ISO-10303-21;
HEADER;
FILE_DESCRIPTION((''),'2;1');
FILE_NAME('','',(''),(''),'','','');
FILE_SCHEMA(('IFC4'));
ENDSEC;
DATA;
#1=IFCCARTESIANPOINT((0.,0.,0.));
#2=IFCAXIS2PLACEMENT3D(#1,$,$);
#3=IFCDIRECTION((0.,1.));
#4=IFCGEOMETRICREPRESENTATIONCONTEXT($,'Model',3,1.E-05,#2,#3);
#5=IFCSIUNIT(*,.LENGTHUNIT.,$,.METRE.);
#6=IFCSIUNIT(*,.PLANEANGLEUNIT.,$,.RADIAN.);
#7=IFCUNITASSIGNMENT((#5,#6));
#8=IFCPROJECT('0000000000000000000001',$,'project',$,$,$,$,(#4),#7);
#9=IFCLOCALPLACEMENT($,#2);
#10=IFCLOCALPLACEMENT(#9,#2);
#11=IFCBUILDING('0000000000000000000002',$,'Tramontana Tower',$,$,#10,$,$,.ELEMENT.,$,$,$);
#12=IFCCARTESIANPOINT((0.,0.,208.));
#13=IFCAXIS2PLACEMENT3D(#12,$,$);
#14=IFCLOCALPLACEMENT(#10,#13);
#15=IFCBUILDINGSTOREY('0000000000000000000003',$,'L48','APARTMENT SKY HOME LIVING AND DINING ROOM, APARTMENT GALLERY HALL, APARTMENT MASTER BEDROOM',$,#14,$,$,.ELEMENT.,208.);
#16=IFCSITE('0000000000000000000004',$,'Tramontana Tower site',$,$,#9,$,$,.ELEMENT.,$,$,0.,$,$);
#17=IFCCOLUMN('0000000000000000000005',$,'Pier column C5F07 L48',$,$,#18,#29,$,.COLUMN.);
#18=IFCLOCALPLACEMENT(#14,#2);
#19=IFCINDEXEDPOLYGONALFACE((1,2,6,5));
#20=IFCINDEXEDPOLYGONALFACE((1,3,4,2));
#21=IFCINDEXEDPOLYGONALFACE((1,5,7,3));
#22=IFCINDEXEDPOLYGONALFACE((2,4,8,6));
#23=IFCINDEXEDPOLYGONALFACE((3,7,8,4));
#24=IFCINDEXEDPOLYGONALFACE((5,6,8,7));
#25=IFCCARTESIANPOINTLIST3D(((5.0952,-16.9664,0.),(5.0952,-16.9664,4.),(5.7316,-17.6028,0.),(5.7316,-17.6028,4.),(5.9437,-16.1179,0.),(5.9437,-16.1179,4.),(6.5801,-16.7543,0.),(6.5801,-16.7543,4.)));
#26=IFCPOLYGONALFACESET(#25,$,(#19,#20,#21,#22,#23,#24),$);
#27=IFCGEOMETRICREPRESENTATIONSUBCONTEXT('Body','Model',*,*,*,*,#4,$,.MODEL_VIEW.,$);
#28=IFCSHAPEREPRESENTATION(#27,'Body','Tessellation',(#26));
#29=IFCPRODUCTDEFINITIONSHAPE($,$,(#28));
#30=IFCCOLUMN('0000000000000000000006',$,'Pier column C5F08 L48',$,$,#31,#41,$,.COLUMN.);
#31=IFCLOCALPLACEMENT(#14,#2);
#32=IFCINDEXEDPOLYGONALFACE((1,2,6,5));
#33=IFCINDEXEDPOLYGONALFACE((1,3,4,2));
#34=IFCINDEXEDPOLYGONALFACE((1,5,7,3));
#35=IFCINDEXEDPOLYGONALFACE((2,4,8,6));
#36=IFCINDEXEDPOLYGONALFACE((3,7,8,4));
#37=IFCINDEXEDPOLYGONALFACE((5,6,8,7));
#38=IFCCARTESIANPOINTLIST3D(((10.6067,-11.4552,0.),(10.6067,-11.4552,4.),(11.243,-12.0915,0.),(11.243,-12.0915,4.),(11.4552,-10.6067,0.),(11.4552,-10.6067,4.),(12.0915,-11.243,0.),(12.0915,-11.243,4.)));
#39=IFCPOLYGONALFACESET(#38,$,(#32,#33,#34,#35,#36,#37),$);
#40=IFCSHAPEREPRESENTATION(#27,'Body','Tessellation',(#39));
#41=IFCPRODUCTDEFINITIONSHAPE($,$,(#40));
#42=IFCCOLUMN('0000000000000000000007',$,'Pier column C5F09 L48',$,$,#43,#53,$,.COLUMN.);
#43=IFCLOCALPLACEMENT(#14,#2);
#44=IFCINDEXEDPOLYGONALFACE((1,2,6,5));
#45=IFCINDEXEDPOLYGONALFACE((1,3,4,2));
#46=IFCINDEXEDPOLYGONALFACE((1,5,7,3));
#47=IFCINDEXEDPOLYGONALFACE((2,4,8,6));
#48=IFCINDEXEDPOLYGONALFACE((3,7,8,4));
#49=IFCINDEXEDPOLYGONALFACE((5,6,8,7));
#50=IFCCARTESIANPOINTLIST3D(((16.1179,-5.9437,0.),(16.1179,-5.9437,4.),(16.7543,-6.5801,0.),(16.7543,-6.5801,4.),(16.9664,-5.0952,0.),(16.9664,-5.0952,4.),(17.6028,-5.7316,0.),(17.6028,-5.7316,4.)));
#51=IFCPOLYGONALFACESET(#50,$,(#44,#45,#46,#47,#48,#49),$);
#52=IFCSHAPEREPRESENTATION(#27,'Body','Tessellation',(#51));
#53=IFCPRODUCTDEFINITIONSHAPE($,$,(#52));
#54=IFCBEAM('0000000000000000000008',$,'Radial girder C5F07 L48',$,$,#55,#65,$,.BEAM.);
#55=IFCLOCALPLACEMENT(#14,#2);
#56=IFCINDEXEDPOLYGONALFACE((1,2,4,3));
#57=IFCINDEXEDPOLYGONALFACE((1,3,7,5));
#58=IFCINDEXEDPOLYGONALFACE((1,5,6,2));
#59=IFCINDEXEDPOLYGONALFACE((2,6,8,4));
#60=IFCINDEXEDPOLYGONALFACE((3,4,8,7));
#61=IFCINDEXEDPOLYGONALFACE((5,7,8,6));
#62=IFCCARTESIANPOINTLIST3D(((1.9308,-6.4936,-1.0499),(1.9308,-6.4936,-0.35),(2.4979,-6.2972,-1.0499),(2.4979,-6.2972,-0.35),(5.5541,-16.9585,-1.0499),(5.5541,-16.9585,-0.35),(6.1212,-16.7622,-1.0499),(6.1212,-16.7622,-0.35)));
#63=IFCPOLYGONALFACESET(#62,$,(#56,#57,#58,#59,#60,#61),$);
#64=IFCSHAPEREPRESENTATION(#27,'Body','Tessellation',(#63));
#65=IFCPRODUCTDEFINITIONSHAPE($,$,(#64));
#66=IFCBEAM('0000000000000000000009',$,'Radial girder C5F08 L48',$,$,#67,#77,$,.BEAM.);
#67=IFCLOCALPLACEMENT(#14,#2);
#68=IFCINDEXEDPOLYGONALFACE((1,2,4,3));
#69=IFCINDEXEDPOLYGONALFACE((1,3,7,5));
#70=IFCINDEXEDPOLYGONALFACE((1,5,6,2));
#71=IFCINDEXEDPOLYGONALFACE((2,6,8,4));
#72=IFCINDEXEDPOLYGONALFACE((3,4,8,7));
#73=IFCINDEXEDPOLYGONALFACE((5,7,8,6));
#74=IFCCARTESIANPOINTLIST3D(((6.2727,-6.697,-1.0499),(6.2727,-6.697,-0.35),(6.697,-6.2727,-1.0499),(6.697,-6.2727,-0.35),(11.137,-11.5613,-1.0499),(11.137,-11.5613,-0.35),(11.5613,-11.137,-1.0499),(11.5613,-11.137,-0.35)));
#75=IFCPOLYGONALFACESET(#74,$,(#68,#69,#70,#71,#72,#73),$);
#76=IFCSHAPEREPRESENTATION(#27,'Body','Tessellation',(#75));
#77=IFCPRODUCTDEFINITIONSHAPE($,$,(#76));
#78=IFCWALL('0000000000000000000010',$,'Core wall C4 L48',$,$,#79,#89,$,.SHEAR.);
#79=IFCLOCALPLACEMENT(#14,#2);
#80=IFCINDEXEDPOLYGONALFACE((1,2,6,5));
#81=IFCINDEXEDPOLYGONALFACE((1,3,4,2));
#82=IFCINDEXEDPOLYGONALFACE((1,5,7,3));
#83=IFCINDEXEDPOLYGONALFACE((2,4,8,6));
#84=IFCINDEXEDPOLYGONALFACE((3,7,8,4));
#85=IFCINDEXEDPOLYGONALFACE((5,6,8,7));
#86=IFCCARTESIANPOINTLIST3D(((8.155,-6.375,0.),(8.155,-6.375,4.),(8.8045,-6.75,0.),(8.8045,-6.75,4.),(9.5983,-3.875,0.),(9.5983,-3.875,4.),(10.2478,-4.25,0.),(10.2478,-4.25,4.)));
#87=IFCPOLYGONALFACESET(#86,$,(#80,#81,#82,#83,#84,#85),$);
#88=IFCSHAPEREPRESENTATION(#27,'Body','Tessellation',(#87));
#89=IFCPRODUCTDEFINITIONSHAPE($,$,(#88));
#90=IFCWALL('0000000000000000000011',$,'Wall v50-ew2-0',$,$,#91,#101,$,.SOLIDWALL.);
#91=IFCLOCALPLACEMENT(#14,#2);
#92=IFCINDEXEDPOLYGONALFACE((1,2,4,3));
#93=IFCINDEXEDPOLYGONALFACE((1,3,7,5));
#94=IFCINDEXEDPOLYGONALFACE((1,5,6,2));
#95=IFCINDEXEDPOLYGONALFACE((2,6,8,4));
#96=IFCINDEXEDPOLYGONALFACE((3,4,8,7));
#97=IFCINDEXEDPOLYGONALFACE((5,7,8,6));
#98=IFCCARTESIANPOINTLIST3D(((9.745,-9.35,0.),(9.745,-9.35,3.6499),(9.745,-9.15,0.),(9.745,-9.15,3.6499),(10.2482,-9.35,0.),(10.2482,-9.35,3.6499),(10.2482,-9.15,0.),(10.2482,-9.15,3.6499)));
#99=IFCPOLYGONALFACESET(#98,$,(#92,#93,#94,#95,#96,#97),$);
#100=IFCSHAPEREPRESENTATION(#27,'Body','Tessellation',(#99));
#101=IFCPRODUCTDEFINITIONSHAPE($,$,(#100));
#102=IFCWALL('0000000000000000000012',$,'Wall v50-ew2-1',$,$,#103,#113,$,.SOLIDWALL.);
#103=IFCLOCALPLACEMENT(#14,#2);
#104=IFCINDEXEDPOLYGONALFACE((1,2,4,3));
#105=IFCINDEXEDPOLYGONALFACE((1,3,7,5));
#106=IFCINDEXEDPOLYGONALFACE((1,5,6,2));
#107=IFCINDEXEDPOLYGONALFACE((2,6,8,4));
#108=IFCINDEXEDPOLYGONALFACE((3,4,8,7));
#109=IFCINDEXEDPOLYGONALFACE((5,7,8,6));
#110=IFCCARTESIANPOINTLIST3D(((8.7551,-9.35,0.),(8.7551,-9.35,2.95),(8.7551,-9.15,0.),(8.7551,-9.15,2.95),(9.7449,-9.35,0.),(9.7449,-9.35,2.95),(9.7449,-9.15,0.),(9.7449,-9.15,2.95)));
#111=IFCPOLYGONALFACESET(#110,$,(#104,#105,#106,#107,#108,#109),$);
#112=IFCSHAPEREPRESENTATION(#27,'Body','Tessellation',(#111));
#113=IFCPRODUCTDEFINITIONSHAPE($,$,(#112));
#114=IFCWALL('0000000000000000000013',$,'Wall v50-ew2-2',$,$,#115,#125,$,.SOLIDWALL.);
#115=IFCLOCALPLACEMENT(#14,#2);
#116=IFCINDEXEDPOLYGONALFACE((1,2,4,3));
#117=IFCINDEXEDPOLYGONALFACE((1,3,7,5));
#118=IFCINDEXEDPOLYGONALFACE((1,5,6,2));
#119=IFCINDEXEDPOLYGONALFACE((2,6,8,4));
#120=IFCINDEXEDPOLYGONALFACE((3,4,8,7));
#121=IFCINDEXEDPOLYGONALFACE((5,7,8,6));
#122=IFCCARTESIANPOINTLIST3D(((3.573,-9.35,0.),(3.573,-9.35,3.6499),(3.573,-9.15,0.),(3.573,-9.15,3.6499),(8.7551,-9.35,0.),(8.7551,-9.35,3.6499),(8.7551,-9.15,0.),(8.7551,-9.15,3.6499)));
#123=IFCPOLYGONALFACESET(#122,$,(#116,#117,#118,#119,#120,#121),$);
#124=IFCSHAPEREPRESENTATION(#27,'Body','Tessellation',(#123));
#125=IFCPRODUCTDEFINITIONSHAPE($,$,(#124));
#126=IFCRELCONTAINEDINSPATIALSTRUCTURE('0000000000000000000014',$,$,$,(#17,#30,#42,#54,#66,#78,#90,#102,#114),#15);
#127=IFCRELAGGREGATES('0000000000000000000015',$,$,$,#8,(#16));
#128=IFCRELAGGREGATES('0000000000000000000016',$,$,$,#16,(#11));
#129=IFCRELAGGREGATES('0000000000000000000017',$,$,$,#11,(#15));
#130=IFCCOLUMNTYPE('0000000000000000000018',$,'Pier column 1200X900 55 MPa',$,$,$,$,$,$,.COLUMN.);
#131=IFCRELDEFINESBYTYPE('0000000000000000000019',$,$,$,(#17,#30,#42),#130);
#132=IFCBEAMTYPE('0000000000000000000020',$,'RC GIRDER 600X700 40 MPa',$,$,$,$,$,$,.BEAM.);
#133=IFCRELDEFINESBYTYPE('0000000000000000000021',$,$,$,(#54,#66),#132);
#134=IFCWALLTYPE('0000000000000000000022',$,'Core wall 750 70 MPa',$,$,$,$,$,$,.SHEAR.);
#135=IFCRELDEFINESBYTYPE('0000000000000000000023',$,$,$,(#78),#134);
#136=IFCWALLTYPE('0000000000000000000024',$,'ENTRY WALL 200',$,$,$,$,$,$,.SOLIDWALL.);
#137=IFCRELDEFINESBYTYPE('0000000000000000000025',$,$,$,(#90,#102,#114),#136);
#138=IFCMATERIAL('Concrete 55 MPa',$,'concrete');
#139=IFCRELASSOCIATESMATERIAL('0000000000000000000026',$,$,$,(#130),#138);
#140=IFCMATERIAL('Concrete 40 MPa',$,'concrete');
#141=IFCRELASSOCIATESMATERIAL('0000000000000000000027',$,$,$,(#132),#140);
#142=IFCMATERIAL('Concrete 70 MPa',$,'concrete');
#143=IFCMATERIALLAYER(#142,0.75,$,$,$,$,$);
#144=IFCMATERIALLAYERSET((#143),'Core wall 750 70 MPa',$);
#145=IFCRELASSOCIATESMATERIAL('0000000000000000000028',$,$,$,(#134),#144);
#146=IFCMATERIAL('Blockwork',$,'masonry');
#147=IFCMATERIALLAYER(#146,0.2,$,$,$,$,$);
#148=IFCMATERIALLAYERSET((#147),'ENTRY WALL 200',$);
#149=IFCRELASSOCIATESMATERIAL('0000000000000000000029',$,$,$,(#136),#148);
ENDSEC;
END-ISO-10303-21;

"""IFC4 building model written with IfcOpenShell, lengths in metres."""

from ifc_helpers import new_model, si_unit, direction, frame, frame_2d, origin, origin_2d, place, context, subcontext, project, spatial, rectangle, extrude, material, layer, layer_set, material_profile, profile_set, type_object, element, save


model = new_model("IFC4")

# Units and contexts
model_context = context("Model", 3, precision=1e-05, world=origin(), true_north=direction((0.0, 1.0)))
body_context = subcontext(model_context, "Body", "Model", "MODEL_VIEW")
ifc_project = project(units=[si_unit("LENGTHUNIT", "METRE"), si_unit("PLANEANGLEUNIT", "RADIAN")], contexts=[model_context])

# Site, building, storey
site_placement = place(None, origin())
site = spatial("IfcSite", under=ifc_project, at=site_placement, Name="Tramontana Tower site", CompositionType="ELEMENT", RefElevation=0.0)
building_placement = place(site_placement, origin())
building = spatial("IfcBuilding", under=site, at=building_placement, Name="Tramontana Tower", CompositionType="ELEMENT")
storey_placement = place(building_placement, frame((0.0, 0.0, 208.0)))
storey = spatial("IfcBuildingStorey", under=building, at=storey_placement, Name="L48", Description="APARTMENT SKY HOME LIVING AND DINING ROOM, APARTMENT GALLERY HALL, APARTMENT MASTER BEDROOM", CompositionType="ELEMENT", Elevation=208.0)

# Columns
ifc_material_1 = material(Name="Concrete 55 MPa", Category="concrete")
ifc_material_profile_1 = material_profile(ifc_material_1, rectangle(XDim=1.2, YDim=0.8999, at=origin_2d()), Name="Pier column 1200X900 55 MPa")
ifc_profile_set_1 = profile_set([ifc_material_profile_1], Name="Concrete 55 MPa")
column_type = type_object("IfcColumnType", Name="Pier column 1200X900 55 MPa", PredefinedType="COLUMN", material=ifc_profile_set_1)
for number, where, z_axis, x_axis, name in (
    (1, (5.8376, -16.8604, 0.0), (0.0, 0.0, 1.0), (0.707107, 0.707107, 0.0), "Pier column C5F07 L48"),
    (2, (11.3491, -11.3491, 0.0), (0.0, 0.0, 1.0), (0.707107, 0.707107, 0.0), "Pier column C5F08 L48"),
    (3, (16.8604, -5.8376, 0.0), (0.0, 0.0, 1.0), (0.707107, 0.707107, 0.0), "Pier column C5F09 L48"),
):
    element("IfcColumn", number, at=place(storey_placement, frame(where, z_axis=z_axis, x_axis=x_axis)), inside=storey, type_object=column_type, Name=name, PredefinedType="COLUMN", context=body_context, shape_type="SweptSolid", body=[
        extrude(rectangle(XDim=1.2, YDim=0.8999, at=origin_2d()), origin(), (0.0, 0.0, 1.0), 4.0),
    ])

# Beams
ifc_material_2 = material(Name="Concrete 40 MPa", Category="concrete")
ifc_material_profile_2 = material_profile(ifc_material_2, rectangle(XDim=0.6001, YDim=0.7, at=origin_2d()), Name="RC GIRDER 600X700 40 MPa")
ifc_profile_set_2 = profile_set([ifc_material_profile_2], Name="Concrete 40 MPa")
beam_type = type_object("IfcBeamType", Name="RC GIRDER 600X700 40 MPa", PredefinedType="BEAM", material=ifc_profile_set_2)
beam_1_placement = place(storey_placement, frame((5.8376, -16.8604, -0.7), z_axis=(-0.327179, 0.944962, 0.0), x_axis=(-0.944962, -0.327179, 0.0)))
element("IfcBeam", 4, at=beam_1_placement, inside=storey, type_object=beam_type, Name="Radial girder C5F07 L48", PredefinedType="BEAM", context=body_context, shape_type="SweptSolid", body=[
    extrude(rectangle(XDim=0.6001, YDim=0.7, at=origin_2d()), origin(), (0.0, 0.0, 1.0), 11.0745),
])
beam_2_placement = place(storey_placement, frame((11.3491, -11.3491, -0.7), z_axis=(-0.707107, 0.707107, 0.0), x_axis=(-0.707107, -0.707107, 0.0)))
element("IfcBeam", 5, at=beam_2_placement, inside=storey, type_object=beam_type, Name="Radial girder C5F08 L48", PredefinedType="BEAM", context=body_context, shape_type="SweptSolid", body=[
    extrude(rectangle(XDim=0.6001, YDim=0.7, at=origin_2d()), origin(), (0.0, 0.0, 1.0), 6.8792),
])

# Walls
ifc_material_3 = material(Name="Concrete 70 MPa", Category="concrete")
ifc_layer_1 = layer(ifc_material_3, 0.75)
ifc_layer_set_1 = layer_set([ifc_layer_1], Name="Core wall 750 70 MPa")
wall_type_1 = type_object("IfcWallType", Name="Core wall 750 70 MPa", PredefinedType="SHEAR", material=ifc_layer_set_1)
wall_1_placement = place(storey_placement, frame((8.4797, -6.5625, 0.0), z_axis=(0.0, 0.0, 1.0), x_axis=(0.499996, 0.866028, 0.0)))
element("IfcWall", 6, at=wall_1_placement, inside=storey, type_object=wall_type_1, Name="Core wall C4 L48", PredefinedType="SHEAR", context=body_context, shape_type="SweptSolid", body=[
    extrude(rectangle(XDim=2.8867, YDim=0.75, at=frame_2d((1.4434, 0.0))), origin(), (0.0, 0.0, 1.0), 4.0),
])
ifc_material_4 = material(Name="Blockwork", Category="masonry")
ifc_layer_2 = layer(ifc_material_4, 0.2)
ifc_layer_set_2 = layer_set([ifc_layer_2], Name="ENTRY WALL 200")
wall_type_2 = type_object("IfcWallType", Name="ENTRY WALL 200", PredefinedType="SOLIDWALL", material=ifc_layer_set_2)
wall_2_placement = place(storey_placement, frame((10.248, -9.25, 0.0), z_axis=(0.0, 0.0, 1.0), x_axis=(-1.0, 0.0, 0.0)))
element("IfcWall", 7, at=wall_2_placement, inside=storey, type_object=wall_type_2, Name="Wall v50-ew2-0", PredefinedType="SOLIDWALL", context=body_context, shape_type="SweptSolid", body=[
    extrude(rectangle(XDim=0.5032, YDim=0.2, at=frame_2d((0.2515, 0.0))), origin(), (0.0, 0.0, 1.0), 3.6499),
])
wall_3_placement = place(storey_placement, frame((9.7449, -9.25, 0.0), z_axis=(0.0, 0.0, 1.0), x_axis=(-1.0, 0.0, 0.0)))
element("IfcWall", 8, at=wall_3_placement, inside=storey, type_object=wall_type_2, Name="Wall v50-ew2-1", PredefinedType="SOLIDWALL", context=body_context, shape_type="SweptSolid", body=[
    extrude(rectangle(XDim=0.9897, YDim=0.2, at=frame_2d((0.4949, 0.0))), origin(), (0.0, 0.0, 1.0), 2.95),
])
wall_4_placement = place(storey_placement, frame((8.7551, -9.25, 0.0), z_axis=(0.0, 0.0, 1.0), x_axis=(-1.0, 0.0, 0.0)))
element("IfcWall", 9, at=wall_4_placement, inside=storey, type_object=wall_type_2, Name="Wall v50-ew2-2", PredefinedType="SOLIDWALL", context=body_context, shape_type="SweptSolid", body=[
    extrude(rectangle(XDim=5.1821, YDim=0.2, at=frame_2d((2.5911, 0.0))), origin(), (0.0, 0.0, 1.0), 3.6499),
])

save(model, "model.ifc")
